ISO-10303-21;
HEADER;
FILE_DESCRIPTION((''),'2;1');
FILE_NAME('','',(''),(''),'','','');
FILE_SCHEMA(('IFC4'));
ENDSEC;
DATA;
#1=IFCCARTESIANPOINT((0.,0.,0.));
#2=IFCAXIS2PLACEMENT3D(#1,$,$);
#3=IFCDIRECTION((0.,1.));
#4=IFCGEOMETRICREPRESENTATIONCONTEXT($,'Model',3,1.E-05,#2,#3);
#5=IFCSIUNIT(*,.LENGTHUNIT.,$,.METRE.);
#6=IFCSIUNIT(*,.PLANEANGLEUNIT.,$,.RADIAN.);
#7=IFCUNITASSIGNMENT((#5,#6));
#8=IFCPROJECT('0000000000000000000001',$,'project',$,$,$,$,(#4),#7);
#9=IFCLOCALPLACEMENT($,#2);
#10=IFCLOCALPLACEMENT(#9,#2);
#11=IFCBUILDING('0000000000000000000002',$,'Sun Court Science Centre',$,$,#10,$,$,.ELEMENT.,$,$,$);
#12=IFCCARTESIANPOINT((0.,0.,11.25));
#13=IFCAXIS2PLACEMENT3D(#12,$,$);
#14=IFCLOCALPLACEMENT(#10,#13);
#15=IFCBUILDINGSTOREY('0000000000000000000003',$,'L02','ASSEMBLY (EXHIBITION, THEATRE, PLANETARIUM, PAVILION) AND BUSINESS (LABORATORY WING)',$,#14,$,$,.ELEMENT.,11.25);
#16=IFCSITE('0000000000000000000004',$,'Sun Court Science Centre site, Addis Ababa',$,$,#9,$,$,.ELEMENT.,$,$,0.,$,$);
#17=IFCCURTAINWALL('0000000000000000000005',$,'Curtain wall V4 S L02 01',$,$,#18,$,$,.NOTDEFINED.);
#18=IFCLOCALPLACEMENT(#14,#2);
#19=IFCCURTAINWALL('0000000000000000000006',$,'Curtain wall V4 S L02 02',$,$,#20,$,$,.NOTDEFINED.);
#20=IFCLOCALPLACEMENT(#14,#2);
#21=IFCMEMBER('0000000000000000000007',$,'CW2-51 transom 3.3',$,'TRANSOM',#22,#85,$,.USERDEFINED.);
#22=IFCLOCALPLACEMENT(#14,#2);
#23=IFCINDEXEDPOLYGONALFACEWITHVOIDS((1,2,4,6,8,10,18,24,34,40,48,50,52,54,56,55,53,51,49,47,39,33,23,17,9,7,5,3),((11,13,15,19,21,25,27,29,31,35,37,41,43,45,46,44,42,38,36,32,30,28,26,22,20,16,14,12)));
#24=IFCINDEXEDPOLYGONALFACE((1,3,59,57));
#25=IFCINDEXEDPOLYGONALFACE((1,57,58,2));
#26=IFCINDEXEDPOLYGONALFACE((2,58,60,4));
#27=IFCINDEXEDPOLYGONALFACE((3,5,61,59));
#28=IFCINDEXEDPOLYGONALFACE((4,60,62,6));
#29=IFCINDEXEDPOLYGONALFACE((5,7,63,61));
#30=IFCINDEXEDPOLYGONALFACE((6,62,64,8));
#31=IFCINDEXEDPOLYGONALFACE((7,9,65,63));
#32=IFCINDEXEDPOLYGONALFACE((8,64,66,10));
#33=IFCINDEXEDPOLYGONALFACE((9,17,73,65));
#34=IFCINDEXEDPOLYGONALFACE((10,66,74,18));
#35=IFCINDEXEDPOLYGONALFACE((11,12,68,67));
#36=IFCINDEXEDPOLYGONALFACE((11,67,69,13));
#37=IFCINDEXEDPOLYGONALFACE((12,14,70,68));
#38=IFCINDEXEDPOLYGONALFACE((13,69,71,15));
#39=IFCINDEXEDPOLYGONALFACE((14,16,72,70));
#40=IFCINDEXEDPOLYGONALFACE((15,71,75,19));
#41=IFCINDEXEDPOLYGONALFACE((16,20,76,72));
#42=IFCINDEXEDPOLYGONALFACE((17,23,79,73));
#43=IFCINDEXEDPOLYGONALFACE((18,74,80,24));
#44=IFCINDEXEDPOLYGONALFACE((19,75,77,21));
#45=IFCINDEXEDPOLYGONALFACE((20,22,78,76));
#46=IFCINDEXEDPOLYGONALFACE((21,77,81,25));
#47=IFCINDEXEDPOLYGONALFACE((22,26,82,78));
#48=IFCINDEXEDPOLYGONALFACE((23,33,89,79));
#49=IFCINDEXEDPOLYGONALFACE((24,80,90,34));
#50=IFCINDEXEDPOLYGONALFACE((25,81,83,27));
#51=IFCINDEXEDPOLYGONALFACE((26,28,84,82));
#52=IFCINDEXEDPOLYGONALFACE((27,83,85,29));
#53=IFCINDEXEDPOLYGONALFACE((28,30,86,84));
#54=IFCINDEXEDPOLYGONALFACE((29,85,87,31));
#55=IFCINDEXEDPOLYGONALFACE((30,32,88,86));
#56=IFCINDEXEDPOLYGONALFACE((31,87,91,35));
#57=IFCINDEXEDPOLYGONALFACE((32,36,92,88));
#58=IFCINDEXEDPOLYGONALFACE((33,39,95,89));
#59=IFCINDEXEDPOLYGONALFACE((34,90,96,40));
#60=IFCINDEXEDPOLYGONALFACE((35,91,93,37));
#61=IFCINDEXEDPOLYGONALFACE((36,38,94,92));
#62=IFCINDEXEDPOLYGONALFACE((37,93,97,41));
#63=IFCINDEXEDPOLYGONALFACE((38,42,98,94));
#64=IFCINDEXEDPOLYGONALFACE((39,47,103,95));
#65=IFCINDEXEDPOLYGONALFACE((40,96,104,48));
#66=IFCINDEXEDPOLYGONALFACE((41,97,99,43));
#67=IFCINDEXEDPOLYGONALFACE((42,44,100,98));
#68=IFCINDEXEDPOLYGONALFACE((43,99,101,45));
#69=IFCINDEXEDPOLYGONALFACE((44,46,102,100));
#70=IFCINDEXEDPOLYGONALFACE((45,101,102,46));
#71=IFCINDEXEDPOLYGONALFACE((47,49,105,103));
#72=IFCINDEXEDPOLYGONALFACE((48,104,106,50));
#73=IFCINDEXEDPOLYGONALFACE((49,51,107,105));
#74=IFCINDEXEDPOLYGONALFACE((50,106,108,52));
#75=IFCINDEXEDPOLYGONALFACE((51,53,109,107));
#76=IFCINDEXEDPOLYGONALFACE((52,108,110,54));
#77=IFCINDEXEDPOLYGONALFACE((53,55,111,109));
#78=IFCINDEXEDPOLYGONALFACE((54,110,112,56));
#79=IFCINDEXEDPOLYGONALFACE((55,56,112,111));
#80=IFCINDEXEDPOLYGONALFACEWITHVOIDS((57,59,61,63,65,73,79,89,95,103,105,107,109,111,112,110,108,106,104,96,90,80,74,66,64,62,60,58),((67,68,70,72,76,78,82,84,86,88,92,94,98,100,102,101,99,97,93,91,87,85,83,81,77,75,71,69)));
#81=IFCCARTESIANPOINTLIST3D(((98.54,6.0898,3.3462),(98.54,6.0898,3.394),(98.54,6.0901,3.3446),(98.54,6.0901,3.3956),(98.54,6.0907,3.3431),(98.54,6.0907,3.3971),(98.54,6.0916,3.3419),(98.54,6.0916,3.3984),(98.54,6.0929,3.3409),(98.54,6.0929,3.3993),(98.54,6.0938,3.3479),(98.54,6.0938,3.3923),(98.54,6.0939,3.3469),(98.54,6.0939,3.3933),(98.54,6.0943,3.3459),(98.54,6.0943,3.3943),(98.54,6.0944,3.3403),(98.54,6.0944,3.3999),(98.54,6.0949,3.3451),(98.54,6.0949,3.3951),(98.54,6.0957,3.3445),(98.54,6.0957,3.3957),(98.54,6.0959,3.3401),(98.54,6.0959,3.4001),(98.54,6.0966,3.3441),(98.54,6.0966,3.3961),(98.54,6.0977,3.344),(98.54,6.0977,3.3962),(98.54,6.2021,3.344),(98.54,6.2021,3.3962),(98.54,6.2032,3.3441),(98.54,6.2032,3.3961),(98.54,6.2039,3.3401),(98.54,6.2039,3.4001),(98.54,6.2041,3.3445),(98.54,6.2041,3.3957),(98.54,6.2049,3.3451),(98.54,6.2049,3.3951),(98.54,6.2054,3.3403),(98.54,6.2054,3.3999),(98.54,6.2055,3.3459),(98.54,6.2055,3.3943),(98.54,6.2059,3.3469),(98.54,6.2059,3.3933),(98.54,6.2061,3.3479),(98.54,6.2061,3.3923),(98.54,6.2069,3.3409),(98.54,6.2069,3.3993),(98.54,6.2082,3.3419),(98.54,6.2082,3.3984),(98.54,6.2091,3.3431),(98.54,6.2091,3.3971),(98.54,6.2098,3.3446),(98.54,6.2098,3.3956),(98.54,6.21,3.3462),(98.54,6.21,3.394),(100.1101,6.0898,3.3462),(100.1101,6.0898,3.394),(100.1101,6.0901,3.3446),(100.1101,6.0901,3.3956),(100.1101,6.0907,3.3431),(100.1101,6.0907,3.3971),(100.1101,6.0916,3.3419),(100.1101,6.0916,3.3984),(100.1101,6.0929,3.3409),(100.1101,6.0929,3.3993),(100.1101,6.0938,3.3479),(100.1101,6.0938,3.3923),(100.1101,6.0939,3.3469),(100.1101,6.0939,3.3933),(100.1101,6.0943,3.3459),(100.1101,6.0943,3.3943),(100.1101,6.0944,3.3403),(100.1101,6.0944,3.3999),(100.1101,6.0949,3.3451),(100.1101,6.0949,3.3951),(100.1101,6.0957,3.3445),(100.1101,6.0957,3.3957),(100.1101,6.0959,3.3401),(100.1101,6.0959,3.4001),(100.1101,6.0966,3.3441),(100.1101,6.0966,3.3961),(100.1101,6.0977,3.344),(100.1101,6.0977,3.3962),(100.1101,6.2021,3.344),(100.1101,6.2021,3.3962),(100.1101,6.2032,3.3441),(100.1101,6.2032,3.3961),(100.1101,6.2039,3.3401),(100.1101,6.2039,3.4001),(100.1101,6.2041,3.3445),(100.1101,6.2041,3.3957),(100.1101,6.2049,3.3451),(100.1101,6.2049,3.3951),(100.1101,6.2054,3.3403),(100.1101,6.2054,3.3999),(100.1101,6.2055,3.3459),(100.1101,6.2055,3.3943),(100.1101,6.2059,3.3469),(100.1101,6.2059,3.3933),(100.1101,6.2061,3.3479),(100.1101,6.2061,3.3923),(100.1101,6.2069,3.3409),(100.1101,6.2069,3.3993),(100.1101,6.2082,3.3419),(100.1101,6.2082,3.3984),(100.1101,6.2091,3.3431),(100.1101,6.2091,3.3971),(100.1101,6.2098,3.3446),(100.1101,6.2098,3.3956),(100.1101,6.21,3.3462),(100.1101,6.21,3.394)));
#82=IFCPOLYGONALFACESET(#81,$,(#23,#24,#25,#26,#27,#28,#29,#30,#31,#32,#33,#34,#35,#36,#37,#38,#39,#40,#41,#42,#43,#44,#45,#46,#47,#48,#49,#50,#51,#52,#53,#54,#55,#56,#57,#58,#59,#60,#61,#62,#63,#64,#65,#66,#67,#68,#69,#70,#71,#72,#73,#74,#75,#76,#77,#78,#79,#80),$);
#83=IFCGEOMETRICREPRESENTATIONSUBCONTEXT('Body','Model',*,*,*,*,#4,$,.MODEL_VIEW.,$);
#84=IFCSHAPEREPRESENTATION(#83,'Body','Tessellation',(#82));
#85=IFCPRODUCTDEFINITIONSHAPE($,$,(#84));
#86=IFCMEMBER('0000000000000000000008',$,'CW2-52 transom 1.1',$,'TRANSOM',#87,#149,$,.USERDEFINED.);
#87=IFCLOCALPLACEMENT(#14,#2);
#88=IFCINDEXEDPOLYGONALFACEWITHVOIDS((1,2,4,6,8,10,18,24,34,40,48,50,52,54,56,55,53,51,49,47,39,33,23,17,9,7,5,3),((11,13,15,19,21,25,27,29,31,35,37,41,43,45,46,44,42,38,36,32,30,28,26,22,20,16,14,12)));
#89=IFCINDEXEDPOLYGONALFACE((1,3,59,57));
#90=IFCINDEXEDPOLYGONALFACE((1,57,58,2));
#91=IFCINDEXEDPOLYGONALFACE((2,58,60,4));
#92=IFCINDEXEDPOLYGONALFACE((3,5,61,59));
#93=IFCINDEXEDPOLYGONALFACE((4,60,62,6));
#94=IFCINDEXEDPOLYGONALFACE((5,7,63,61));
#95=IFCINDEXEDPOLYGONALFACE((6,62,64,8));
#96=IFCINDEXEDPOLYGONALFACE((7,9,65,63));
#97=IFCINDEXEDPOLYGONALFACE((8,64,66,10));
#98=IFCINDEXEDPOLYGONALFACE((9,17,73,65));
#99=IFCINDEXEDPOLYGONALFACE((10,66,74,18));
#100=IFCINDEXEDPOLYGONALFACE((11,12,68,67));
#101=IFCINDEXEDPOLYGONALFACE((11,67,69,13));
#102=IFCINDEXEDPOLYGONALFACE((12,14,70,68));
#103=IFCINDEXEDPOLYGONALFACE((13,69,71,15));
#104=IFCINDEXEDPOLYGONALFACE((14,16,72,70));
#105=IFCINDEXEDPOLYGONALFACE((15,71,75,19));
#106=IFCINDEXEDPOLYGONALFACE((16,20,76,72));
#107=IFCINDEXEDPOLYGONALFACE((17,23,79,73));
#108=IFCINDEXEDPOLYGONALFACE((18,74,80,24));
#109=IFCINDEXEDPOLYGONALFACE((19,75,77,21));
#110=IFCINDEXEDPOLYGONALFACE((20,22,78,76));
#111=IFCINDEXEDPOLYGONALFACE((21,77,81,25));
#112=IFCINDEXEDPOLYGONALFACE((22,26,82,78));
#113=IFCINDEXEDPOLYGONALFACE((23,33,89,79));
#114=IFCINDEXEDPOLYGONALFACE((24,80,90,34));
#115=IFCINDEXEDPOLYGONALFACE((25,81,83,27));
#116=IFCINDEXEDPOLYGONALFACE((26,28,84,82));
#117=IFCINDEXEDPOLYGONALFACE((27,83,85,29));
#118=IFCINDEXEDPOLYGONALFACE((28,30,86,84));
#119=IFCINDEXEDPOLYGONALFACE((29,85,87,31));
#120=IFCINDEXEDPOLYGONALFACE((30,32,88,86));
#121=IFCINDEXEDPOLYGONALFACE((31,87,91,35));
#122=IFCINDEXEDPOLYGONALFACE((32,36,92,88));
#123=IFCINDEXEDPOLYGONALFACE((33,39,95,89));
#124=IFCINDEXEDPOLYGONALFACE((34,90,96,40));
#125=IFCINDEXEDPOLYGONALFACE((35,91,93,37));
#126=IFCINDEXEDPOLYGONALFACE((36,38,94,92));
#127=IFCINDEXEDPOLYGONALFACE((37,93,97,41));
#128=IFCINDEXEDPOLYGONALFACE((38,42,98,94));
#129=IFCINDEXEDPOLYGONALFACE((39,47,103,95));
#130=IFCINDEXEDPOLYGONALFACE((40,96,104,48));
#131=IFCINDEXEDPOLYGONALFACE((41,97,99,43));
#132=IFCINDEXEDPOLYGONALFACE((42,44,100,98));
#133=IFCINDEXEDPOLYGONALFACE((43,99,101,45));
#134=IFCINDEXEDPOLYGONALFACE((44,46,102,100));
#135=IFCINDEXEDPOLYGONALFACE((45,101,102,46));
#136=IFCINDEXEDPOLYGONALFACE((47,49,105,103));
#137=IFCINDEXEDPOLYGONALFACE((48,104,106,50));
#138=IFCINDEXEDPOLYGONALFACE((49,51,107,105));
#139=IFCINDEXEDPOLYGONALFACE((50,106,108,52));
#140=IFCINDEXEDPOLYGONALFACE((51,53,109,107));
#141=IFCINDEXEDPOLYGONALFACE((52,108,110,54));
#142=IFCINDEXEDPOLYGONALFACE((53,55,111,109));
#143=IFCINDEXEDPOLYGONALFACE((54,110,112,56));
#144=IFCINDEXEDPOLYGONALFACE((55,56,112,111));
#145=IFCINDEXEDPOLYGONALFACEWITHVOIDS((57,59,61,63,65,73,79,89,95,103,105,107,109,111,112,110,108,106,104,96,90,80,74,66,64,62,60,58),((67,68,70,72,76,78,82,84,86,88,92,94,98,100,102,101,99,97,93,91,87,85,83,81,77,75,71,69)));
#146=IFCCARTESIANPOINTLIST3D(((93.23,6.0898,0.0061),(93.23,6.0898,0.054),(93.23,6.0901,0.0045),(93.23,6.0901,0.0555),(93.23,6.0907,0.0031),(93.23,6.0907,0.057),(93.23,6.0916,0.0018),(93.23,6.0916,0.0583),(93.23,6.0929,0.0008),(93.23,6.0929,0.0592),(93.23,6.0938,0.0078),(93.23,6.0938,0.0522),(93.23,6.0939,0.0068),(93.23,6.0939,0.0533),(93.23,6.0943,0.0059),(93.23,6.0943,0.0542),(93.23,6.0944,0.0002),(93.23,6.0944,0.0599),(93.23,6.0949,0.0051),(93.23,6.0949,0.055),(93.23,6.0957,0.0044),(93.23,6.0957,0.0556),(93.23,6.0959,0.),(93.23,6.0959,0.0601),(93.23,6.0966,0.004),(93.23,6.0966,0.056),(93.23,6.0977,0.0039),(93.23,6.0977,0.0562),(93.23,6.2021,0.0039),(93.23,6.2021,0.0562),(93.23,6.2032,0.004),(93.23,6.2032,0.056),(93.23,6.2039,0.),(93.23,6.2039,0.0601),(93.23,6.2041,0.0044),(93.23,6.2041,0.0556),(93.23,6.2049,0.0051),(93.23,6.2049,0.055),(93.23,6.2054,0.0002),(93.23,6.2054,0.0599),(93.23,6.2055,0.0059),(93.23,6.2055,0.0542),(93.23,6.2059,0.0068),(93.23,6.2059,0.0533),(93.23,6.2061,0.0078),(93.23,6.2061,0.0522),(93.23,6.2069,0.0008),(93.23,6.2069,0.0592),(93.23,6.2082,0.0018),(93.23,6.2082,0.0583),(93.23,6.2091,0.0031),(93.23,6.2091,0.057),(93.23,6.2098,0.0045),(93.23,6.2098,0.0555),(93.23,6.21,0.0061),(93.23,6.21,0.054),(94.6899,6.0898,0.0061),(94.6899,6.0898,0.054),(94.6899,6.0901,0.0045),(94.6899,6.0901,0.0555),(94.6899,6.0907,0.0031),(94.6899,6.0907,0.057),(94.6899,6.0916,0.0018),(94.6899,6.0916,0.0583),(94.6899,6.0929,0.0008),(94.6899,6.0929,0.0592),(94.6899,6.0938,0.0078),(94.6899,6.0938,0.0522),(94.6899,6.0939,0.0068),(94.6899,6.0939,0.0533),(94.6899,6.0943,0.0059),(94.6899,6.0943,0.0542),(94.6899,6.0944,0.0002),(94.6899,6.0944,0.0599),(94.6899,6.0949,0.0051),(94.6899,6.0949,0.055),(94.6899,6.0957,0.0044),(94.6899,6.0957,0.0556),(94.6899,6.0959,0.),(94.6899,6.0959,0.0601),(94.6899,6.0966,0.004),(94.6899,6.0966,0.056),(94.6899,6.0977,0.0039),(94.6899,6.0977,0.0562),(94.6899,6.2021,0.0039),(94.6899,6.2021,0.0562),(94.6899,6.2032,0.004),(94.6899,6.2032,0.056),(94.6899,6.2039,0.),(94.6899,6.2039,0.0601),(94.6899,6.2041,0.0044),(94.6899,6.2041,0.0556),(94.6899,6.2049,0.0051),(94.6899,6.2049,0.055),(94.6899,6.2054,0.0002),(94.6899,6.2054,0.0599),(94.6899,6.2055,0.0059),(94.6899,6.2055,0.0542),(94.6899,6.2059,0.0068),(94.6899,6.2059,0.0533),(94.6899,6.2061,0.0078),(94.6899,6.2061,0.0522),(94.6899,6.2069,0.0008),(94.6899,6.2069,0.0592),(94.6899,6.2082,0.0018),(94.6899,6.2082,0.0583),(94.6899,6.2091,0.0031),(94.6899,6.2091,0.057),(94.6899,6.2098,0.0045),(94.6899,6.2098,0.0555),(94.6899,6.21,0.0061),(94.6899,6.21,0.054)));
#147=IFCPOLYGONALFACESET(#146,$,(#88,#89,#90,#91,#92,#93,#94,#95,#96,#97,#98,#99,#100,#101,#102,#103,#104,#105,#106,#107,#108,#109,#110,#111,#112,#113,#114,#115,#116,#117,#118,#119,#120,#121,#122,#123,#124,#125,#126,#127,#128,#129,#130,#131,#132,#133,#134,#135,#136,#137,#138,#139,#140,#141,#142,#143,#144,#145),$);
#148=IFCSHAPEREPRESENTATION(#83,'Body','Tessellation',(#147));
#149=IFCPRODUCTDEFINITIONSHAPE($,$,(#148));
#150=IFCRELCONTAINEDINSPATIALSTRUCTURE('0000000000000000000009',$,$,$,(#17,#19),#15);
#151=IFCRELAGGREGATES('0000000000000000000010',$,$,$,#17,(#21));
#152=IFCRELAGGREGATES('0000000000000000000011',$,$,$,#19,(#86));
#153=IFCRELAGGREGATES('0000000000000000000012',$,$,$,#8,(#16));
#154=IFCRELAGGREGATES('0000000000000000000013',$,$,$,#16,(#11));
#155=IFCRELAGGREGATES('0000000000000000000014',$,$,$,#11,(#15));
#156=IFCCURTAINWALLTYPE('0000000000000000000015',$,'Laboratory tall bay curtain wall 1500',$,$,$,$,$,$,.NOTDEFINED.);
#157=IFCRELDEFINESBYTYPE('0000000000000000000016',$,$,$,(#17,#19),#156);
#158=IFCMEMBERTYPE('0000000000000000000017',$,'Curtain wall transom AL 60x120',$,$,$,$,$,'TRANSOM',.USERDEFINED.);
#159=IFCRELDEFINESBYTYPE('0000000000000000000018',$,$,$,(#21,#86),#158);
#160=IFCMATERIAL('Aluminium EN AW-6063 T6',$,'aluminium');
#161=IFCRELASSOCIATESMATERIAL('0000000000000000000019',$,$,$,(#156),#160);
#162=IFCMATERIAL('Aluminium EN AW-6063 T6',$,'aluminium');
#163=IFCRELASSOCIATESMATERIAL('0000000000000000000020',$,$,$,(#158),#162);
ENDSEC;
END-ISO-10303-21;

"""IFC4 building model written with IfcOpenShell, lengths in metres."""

from ifc_helpers import new_model, si_unit, direction, frame, origin, origin_2d, place, context, subcontext, project, spatial, hollow_rectangle, extrude, material, material_profile, profile_set, type_object, element, aggregate, save


model = new_model("IFC4")

# Units and contexts
model_context = context("Model", 3, precision=1e-05, world=origin(), true_north=direction((0.0, 1.0)))
body_context = subcontext(model_context, "Body", "Model", "MODEL_VIEW")
ifc_project = project(units=[si_unit("LENGTHUNIT", "METRE"), si_unit("PLANEANGLEUNIT", "RADIAN")], contexts=[model_context])

# Site, building, storey
site_placement = place(None, origin())
site = spatial("IfcSite", under=ifc_project, at=site_placement, Name="Sun Court Science Centre site, Addis Ababa", CompositionType="ELEMENT", RefElevation=0.0)
building_placement = place(site_placement, origin())
building = spatial("IfcBuilding", under=site, at=building_placement, Name="Sun Court Science Centre", CompositionType="ELEMENT")
storey_placement = place(building_placement, frame((0.0, 0.0, 11.25)))
storey = spatial("IfcBuildingStorey", under=building, at=storey_placement, Name="L02", Description="ASSEMBLY (EXHIBITION, THEATRE, PLANETARIUM, PAVILION) AND BUSINESS (LABORATORY WING)", CompositionType="ELEMENT", Elevation=11.25)

# Curtain walls
ifc_material_1 = material(Name="Aluminium EN AW-6063 T6", Category="aluminium")
curtain_wall_type = type_object("IfcCurtainWallType", Name="Laboratory tall bay curtain wall 1500", PredefinedType="NOTDEFINED", material=ifc_material_1)
curtain_wall_1_placement = place(storey_placement, origin())
curtain_wall_1 = element("IfcCurtainWall", 1, at=curtain_wall_1_placement, inside=storey, type_object=curtain_wall_type, Name="Curtain wall V4 S L02 01", PredefinedType="NOTDEFINED")
curtain_wall_2_placement = place(storey_placement, origin())
curtain_wall_2 = element("IfcCurtainWall", 2, at=curtain_wall_2_placement, inside=storey, type_object=curtain_wall_type, Name="Curtain wall V4 S L02 02", PredefinedType="NOTDEFINED")

# Members
ifc_material_2 = material(Name="Aluminium EN AW-6063 T6", Category="aluminium")
ifc_material_profile_1 = material_profile(ifc_material_2, hollow_rectangle(XDim=0.0601, YDim=0.1201, WallThickness=0.0039, InnerFilletRadius=0.0039, OuterFilletRadius=0.0061, at=origin_2d()), Name="AL 60x120x4")
ifc_profile_set_1 = profile_set([ifc_material_profile_1], Name="Aluminium EN AW-6063 T6")
member_type_1 = type_object("IfcMemberType", Name="Curtain wall transom AL 60x120", ElementType="TRANSOM", PredefinedType="USERDEFINED", material=ifc_profile_set_1)
member_1_placement = place(storey_placement, frame((100.1101, 6.1499, 3.3701), z_axis=(-1.0, 0.0, 0.0), x_axis=(0.0, 0.0, 1.0)))
member_1 = element("IfcMember", 3, at=member_1_placement, type_object=member_type_1, Name="CW2-51 transom 3.3", ObjectType="TRANSOM", PredefinedType="USERDEFINED", context=body_context, shape_type="SweptSolid", body=[
    extrude(hollow_rectangle(XDim=0.0601, YDim=0.1201, WallThickness=0.0039, InnerFilletRadius=0.0039, OuterFilletRadius=0.0061, at=origin_2d()), origin(), (0.0, 0.0, 1.0), 1.5701),
])
member_2_placement = place(storey_placement, frame((94.6899, 6.1499, 0.03), z_axis=(-1.0, 0.0, 0.0), x_axis=(0.0, 0.0, 1.0)))
member_2 = element("IfcMember", 4, at=member_2_placement, type_object=member_type_1, Name="CW2-52 transom 1.1", ObjectType="TRANSOM", PredefinedType="USERDEFINED", context=body_context, shape_type="SweptSolid", body=[
    extrude(hollow_rectangle(XDim=0.0601, YDim=0.1201, WallThickness=0.0039, InnerFilletRadius=0.0039, OuterFilletRadius=0.0061, at=origin_2d()), origin(), (0.0, 0.0, 1.0), 1.46),
])

aggregate(curtain_wall_1, [member_1])
aggregate(curtain_wall_2, [member_2])

save(model, "model.ifc")
